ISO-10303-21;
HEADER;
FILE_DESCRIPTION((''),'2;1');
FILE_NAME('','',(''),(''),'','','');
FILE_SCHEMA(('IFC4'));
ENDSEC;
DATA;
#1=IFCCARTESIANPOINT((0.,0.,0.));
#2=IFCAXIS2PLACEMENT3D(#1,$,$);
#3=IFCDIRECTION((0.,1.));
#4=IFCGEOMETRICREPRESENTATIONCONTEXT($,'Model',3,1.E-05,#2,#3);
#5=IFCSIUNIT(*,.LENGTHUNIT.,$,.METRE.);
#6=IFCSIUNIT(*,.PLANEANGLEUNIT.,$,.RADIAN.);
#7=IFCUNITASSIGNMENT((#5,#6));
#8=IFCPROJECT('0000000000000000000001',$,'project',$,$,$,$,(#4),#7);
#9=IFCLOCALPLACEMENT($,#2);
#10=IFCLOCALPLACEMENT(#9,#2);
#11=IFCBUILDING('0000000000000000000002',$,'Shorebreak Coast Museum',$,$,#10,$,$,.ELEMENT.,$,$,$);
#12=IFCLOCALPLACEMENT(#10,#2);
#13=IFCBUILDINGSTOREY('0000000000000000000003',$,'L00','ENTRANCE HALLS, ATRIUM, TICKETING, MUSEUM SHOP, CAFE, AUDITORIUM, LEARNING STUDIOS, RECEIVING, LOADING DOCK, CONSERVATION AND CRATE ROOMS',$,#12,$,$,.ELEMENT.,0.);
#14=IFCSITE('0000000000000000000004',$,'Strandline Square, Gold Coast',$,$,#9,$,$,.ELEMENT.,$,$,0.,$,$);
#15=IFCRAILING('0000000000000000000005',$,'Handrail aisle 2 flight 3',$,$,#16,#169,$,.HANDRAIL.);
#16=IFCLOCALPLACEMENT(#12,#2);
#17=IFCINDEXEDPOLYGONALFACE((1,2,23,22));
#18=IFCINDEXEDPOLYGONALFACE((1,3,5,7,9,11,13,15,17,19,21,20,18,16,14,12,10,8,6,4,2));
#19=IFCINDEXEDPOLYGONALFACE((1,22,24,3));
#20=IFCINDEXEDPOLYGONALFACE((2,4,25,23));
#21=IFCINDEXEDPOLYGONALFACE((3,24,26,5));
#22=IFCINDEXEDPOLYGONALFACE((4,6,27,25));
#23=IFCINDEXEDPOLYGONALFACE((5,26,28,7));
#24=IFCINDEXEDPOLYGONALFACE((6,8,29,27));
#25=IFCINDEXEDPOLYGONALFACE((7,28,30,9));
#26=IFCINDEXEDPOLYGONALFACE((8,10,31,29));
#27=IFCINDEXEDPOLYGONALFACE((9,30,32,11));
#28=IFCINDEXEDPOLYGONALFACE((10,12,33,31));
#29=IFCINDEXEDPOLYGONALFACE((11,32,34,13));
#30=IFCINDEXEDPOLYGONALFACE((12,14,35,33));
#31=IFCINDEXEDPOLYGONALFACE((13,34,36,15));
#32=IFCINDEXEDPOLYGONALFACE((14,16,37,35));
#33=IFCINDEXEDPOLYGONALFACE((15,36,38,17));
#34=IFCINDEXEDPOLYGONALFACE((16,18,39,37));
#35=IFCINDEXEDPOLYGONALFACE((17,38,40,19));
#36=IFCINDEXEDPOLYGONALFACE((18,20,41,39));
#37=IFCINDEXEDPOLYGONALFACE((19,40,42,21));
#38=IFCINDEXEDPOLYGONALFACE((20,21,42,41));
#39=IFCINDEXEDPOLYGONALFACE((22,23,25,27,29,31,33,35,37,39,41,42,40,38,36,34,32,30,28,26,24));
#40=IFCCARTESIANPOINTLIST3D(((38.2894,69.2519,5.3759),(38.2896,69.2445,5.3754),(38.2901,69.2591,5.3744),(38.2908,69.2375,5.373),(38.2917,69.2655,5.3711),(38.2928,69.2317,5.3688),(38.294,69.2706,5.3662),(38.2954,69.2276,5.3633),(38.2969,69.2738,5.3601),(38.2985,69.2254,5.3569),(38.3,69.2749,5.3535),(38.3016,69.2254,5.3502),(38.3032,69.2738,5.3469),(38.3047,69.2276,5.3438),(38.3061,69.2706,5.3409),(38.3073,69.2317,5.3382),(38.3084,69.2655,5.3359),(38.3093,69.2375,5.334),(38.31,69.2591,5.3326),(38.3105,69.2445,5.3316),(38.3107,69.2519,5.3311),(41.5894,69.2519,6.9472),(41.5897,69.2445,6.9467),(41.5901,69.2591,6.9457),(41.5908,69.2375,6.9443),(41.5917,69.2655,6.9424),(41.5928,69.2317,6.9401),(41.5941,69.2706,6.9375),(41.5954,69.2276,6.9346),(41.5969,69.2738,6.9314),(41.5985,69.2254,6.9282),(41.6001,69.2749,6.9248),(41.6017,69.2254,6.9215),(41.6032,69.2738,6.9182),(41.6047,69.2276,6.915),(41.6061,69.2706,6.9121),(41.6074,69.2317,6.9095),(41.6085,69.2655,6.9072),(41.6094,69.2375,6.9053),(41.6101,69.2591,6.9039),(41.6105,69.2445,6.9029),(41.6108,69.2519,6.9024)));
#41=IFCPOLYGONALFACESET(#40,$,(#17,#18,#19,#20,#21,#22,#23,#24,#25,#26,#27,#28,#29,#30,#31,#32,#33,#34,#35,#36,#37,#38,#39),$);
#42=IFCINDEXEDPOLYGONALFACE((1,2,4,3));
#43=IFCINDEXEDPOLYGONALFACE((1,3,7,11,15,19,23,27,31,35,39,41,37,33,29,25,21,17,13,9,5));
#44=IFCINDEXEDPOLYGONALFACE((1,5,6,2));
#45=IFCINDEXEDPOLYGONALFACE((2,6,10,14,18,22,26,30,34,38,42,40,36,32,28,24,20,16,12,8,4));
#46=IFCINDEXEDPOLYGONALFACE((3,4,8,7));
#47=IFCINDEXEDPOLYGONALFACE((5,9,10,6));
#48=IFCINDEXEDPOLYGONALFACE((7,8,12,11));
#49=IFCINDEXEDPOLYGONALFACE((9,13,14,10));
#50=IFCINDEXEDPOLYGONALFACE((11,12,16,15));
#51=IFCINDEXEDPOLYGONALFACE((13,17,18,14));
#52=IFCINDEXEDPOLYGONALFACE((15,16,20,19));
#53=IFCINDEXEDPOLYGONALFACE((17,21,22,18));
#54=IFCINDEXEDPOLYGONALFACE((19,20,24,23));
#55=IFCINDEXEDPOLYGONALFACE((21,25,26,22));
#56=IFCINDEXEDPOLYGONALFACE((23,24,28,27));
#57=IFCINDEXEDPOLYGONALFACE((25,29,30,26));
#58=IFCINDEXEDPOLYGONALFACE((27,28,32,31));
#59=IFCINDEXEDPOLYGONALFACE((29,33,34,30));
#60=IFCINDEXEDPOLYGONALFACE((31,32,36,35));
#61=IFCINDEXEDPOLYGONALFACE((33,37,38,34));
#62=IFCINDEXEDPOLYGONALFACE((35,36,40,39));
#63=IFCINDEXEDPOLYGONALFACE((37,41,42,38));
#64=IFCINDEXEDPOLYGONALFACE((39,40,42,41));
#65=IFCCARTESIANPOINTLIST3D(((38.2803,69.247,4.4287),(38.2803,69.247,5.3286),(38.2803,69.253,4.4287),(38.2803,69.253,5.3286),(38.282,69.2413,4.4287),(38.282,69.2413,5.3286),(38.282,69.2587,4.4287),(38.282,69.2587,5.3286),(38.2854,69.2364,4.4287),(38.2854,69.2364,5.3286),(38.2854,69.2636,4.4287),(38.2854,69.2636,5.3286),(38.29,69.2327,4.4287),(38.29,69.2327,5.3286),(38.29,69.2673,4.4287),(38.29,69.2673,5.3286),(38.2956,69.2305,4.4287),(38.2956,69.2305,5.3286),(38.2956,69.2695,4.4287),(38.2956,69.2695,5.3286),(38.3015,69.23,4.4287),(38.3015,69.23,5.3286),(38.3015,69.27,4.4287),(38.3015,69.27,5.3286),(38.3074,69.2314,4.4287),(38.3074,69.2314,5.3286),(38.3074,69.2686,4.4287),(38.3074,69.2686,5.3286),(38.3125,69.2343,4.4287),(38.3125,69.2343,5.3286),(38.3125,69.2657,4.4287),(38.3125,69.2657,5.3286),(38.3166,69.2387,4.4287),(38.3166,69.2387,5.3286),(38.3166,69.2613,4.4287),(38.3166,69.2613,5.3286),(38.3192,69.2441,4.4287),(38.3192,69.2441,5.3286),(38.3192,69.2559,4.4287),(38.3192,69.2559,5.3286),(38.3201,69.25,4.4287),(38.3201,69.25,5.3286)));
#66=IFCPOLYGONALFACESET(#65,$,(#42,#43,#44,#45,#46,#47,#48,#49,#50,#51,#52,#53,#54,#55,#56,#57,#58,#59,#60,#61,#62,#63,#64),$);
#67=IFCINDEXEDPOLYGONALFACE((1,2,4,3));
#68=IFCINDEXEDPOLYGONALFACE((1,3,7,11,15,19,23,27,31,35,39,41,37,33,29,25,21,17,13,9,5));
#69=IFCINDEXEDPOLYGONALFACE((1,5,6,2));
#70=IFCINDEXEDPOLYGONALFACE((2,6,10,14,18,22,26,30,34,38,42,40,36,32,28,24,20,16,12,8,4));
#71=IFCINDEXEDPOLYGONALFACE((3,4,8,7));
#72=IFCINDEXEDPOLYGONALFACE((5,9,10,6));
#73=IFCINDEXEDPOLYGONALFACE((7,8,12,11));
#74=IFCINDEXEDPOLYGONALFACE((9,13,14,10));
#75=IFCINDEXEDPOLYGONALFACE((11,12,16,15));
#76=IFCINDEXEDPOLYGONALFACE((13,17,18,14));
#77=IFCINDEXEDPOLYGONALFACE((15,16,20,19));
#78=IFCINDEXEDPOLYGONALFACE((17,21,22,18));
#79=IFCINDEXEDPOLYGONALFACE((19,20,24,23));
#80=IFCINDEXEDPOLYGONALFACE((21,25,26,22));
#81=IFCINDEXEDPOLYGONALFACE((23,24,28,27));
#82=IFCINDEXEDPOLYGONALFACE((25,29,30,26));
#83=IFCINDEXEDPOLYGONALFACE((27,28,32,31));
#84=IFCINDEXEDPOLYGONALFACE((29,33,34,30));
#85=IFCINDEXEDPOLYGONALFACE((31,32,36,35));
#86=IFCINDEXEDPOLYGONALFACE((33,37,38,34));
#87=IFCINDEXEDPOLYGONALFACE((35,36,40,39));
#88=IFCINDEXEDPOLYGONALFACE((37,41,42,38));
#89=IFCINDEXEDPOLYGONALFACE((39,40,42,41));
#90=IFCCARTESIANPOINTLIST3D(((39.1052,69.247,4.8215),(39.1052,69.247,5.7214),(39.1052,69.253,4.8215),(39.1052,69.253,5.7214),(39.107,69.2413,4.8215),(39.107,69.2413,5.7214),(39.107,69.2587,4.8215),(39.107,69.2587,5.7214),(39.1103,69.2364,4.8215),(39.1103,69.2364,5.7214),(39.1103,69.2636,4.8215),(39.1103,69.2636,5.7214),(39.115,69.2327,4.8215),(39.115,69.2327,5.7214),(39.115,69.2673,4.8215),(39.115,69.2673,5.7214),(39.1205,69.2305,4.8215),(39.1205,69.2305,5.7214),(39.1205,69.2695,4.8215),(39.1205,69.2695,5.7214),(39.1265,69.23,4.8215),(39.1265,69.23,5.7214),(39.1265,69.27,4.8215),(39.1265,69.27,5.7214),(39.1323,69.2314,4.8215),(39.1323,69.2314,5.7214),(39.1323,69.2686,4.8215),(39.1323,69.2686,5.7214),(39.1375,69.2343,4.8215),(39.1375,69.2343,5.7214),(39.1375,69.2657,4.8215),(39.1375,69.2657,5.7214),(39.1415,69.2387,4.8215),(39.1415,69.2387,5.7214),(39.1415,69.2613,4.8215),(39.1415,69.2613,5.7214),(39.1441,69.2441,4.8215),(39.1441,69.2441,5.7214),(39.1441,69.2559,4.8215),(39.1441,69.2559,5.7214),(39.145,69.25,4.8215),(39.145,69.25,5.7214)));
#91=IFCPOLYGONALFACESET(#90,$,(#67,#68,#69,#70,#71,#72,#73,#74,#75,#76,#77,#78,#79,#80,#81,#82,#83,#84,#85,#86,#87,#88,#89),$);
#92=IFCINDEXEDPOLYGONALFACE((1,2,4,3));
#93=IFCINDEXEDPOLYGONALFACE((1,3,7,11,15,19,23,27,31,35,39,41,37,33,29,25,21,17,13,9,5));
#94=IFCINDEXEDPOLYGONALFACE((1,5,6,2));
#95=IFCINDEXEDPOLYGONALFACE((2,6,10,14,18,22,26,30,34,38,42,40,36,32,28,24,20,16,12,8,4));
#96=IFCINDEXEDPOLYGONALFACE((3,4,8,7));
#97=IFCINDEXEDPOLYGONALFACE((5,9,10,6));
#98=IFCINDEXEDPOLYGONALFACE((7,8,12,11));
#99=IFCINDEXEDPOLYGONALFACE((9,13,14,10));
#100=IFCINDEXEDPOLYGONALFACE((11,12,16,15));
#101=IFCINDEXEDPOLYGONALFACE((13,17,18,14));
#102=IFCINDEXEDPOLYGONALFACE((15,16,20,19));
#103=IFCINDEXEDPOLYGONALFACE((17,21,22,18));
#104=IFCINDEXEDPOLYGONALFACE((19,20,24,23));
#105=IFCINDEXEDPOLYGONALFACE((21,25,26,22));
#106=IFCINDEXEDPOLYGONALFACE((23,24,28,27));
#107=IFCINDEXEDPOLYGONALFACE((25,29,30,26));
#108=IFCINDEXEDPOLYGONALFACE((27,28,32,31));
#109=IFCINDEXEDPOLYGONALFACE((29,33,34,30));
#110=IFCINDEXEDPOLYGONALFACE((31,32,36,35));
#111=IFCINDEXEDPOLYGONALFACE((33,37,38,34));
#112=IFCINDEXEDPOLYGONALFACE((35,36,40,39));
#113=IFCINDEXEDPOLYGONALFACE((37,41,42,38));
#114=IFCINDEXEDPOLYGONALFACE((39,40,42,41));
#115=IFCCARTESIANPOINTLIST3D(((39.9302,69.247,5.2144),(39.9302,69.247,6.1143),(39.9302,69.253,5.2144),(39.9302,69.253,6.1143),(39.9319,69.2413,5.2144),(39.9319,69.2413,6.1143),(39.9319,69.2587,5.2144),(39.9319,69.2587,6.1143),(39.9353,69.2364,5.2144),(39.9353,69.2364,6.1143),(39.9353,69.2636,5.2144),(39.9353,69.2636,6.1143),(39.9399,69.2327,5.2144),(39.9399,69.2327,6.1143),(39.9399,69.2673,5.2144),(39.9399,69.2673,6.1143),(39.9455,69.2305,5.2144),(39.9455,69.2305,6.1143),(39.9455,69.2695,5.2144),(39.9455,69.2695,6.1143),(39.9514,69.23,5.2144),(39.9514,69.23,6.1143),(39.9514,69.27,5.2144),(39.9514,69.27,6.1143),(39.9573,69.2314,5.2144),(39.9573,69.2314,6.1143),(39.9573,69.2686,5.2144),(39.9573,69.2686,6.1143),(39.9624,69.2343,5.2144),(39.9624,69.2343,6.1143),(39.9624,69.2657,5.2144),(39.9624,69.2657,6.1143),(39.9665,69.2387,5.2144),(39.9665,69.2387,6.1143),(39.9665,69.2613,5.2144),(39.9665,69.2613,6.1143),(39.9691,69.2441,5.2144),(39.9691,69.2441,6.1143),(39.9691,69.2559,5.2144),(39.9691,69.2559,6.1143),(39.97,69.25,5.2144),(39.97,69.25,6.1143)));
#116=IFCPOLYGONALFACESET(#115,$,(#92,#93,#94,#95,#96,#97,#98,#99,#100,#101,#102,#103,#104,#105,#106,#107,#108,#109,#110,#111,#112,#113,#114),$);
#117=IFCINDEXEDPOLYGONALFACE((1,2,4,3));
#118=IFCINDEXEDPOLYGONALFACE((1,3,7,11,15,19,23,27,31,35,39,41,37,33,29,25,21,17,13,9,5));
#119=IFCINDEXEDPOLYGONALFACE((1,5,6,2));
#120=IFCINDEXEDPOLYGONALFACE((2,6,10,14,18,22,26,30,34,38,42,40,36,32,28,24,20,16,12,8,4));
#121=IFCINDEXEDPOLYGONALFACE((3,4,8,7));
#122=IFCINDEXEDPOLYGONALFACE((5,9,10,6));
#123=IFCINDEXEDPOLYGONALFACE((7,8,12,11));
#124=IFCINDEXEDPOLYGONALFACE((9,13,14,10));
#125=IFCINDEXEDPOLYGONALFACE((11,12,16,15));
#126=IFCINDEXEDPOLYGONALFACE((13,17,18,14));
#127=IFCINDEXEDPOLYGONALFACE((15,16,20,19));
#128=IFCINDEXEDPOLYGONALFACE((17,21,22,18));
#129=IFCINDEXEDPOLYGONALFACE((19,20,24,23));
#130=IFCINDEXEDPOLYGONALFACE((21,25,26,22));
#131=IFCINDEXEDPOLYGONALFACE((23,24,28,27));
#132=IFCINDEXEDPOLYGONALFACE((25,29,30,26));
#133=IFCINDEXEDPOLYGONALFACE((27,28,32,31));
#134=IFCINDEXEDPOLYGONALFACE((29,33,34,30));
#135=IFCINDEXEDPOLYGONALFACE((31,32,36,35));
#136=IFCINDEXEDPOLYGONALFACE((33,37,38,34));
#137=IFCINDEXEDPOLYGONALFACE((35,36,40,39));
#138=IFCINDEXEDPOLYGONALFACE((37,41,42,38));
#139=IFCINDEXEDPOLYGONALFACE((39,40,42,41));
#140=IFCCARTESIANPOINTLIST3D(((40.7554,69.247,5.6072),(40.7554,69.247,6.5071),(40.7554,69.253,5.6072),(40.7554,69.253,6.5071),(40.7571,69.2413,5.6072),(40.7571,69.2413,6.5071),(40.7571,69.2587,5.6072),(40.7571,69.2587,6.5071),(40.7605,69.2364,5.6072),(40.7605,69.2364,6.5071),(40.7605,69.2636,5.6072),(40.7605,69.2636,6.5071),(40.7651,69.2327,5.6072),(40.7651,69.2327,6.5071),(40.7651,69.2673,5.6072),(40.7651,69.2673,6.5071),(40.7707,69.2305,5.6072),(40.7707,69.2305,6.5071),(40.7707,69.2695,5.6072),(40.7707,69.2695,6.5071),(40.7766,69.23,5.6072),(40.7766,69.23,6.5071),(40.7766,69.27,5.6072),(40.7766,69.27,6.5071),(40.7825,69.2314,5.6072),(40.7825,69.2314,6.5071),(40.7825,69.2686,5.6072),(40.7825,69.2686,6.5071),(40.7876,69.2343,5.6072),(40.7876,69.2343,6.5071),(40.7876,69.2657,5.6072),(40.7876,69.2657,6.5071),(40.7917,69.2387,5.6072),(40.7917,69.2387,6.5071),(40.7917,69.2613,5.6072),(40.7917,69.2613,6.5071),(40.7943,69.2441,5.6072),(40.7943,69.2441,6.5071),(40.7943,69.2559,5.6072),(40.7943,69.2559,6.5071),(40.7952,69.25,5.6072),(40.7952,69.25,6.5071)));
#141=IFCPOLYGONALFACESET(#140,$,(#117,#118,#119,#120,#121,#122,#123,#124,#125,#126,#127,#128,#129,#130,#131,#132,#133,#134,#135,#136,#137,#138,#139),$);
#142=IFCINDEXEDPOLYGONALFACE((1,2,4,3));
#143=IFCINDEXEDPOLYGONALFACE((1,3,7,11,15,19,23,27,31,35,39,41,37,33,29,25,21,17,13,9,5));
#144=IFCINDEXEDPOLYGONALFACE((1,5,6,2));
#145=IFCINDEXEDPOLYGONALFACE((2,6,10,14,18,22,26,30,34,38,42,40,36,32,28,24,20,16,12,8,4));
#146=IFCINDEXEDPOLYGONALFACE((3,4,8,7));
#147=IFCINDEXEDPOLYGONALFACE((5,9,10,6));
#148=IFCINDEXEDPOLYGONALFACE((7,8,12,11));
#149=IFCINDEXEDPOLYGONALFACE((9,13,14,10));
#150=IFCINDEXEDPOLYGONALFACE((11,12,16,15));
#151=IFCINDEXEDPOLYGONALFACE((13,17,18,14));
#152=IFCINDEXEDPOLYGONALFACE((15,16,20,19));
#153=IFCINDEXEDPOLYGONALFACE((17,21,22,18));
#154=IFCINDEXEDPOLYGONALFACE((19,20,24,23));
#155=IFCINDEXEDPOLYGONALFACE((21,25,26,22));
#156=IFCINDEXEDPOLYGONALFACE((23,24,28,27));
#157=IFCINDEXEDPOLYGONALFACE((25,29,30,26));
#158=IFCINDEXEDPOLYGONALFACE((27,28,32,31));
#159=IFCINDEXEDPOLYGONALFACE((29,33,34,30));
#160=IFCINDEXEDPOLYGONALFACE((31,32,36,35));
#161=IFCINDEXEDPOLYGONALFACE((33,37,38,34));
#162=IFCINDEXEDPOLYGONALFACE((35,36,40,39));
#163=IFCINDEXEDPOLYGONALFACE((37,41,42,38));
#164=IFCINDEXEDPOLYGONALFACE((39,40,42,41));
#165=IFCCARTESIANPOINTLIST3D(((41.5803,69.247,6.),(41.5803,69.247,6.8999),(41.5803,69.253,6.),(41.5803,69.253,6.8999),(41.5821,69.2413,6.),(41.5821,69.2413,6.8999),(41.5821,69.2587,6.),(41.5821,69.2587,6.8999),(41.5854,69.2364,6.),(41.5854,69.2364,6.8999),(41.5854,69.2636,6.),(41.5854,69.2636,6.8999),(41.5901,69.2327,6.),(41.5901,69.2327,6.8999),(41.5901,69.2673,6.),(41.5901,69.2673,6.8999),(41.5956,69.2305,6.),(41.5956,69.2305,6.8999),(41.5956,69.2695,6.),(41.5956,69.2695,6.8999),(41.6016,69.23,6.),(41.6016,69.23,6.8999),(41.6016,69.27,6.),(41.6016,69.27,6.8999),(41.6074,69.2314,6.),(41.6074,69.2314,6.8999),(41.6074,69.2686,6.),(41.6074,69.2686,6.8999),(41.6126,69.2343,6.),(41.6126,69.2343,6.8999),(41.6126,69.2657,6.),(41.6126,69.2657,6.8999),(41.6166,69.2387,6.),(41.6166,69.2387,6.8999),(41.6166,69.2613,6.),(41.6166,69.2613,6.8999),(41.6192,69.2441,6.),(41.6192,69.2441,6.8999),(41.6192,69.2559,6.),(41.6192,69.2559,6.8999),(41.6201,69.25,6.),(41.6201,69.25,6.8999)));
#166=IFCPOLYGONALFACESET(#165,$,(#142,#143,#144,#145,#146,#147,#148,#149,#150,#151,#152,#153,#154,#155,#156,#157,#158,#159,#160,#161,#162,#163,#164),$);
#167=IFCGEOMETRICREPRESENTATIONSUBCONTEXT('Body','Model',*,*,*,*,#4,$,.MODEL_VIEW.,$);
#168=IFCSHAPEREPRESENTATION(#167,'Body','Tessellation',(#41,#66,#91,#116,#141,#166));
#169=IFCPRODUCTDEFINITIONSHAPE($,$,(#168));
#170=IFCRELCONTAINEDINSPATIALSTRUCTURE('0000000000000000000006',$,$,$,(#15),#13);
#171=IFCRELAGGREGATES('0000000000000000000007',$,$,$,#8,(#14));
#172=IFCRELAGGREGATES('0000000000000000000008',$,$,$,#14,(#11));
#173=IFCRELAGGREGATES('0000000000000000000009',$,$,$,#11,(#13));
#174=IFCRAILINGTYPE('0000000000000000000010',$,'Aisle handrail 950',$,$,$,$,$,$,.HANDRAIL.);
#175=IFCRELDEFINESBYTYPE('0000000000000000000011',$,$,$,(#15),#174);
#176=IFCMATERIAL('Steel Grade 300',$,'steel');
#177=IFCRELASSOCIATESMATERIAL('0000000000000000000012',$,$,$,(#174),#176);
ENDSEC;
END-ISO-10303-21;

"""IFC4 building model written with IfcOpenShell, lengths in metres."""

from ifc_helpers import new_model, si_unit, direction, frame, origin, origin_2d, place, context, subcontext, project, spatial, circle, extrude, material, type_object, element, save


model = new_model("IFC4")

# Units and contexts
model_context = context("Model", 3, precision=1e-05, world=origin(), true_north=direction((0.0, 1.0)))
body_context = subcontext(model_context, "Body", "Model", "MODEL_VIEW")
ifc_project = project(units=[si_unit("LENGTHUNIT", "METRE"), si_unit("PLANEANGLEUNIT", "RADIAN")], contexts=[model_context])

# Site, building, storey
site_placement = place(None, origin())
site = spatial("IfcSite", under=ifc_project, at=site_placement, Name="Strandline Square, Gold Coast", CompositionType="ELEMENT", RefElevation=0.0)
building_placement = place(site_placement, origin())
building = spatial("IfcBuilding", under=site, at=building_placement, Name="Shorebreak Coast Museum", CompositionType="ELEMENT")
storey_placement = place(building_placement, origin())
storey = spatial("IfcBuildingStorey", under=building, at=storey_placement, Name="L00", Description="ENTRANCE HALLS, ATRIUM, TICKETING, MUSEUM SHOP, CAFE, AUDITORIUM, LEARNING STUDIOS, RECEIVING, LOADING DOCK, CONSERVATION AND CRATE ROOMS", CompositionType="ELEMENT", Elevation=0.0)

# Railing
ifc_material_1 = material(Name="Steel Grade 300", Category="steel")
railing_type = type_object("IfcRailingType", Name="Aisle handrail 950", PredefinedType="HANDRAIL", material=ifc_material_1)
for number, where, name in (
    (1, (38.3, 69.25, 4.4287), "Handrail aisle 2 flight 3"),
):
    element("IfcRailing", number, at=place(storey_placement, frame(where)), inside=storey, type_object=railing_type, Name=name, PredefinedType="HANDRAIL", context=body_context, shape_type="SweptSolid", body=[
        extrude(circle(Radius=0.0249, at=origin_2d()), frame((0.0, 0.0, 0.9248), z_axis=(0.902878, 0.0, 0.429897), x_axis=(0.0, 1.0, 0.0)), (0.0, 0.0, 1.0), 3.655),
        extrude(circle(Radius=0.02, at=origin_2d()), origin(), (0.0, 0.0, 1.0), 0.8999),
        extrude(circle(Radius=0.02, at=origin_2d()), frame((0.825, 0.0, 0.3928)), (0.0, 0.0, 1.0), 0.8999),
        extrude(circle(Radius=0.02, at=origin_2d()), frame((1.6499, 0.0, 0.7856)), (0.0, 0.0, 1.0), 0.8999),
        extrude(circle(Radius=0.02, at=origin_2d()), frame((2.4751, 0.0, 1.1785)), (0.0, 0.0, 1.0), 0.8999),
        extrude(circle(Radius=0.02, at=origin_2d()), frame((3.3, 0.0, 1.5713)), (0.0, 0.0, 1.0), 0.8999),
    ])

save(model, "model.ifc")
